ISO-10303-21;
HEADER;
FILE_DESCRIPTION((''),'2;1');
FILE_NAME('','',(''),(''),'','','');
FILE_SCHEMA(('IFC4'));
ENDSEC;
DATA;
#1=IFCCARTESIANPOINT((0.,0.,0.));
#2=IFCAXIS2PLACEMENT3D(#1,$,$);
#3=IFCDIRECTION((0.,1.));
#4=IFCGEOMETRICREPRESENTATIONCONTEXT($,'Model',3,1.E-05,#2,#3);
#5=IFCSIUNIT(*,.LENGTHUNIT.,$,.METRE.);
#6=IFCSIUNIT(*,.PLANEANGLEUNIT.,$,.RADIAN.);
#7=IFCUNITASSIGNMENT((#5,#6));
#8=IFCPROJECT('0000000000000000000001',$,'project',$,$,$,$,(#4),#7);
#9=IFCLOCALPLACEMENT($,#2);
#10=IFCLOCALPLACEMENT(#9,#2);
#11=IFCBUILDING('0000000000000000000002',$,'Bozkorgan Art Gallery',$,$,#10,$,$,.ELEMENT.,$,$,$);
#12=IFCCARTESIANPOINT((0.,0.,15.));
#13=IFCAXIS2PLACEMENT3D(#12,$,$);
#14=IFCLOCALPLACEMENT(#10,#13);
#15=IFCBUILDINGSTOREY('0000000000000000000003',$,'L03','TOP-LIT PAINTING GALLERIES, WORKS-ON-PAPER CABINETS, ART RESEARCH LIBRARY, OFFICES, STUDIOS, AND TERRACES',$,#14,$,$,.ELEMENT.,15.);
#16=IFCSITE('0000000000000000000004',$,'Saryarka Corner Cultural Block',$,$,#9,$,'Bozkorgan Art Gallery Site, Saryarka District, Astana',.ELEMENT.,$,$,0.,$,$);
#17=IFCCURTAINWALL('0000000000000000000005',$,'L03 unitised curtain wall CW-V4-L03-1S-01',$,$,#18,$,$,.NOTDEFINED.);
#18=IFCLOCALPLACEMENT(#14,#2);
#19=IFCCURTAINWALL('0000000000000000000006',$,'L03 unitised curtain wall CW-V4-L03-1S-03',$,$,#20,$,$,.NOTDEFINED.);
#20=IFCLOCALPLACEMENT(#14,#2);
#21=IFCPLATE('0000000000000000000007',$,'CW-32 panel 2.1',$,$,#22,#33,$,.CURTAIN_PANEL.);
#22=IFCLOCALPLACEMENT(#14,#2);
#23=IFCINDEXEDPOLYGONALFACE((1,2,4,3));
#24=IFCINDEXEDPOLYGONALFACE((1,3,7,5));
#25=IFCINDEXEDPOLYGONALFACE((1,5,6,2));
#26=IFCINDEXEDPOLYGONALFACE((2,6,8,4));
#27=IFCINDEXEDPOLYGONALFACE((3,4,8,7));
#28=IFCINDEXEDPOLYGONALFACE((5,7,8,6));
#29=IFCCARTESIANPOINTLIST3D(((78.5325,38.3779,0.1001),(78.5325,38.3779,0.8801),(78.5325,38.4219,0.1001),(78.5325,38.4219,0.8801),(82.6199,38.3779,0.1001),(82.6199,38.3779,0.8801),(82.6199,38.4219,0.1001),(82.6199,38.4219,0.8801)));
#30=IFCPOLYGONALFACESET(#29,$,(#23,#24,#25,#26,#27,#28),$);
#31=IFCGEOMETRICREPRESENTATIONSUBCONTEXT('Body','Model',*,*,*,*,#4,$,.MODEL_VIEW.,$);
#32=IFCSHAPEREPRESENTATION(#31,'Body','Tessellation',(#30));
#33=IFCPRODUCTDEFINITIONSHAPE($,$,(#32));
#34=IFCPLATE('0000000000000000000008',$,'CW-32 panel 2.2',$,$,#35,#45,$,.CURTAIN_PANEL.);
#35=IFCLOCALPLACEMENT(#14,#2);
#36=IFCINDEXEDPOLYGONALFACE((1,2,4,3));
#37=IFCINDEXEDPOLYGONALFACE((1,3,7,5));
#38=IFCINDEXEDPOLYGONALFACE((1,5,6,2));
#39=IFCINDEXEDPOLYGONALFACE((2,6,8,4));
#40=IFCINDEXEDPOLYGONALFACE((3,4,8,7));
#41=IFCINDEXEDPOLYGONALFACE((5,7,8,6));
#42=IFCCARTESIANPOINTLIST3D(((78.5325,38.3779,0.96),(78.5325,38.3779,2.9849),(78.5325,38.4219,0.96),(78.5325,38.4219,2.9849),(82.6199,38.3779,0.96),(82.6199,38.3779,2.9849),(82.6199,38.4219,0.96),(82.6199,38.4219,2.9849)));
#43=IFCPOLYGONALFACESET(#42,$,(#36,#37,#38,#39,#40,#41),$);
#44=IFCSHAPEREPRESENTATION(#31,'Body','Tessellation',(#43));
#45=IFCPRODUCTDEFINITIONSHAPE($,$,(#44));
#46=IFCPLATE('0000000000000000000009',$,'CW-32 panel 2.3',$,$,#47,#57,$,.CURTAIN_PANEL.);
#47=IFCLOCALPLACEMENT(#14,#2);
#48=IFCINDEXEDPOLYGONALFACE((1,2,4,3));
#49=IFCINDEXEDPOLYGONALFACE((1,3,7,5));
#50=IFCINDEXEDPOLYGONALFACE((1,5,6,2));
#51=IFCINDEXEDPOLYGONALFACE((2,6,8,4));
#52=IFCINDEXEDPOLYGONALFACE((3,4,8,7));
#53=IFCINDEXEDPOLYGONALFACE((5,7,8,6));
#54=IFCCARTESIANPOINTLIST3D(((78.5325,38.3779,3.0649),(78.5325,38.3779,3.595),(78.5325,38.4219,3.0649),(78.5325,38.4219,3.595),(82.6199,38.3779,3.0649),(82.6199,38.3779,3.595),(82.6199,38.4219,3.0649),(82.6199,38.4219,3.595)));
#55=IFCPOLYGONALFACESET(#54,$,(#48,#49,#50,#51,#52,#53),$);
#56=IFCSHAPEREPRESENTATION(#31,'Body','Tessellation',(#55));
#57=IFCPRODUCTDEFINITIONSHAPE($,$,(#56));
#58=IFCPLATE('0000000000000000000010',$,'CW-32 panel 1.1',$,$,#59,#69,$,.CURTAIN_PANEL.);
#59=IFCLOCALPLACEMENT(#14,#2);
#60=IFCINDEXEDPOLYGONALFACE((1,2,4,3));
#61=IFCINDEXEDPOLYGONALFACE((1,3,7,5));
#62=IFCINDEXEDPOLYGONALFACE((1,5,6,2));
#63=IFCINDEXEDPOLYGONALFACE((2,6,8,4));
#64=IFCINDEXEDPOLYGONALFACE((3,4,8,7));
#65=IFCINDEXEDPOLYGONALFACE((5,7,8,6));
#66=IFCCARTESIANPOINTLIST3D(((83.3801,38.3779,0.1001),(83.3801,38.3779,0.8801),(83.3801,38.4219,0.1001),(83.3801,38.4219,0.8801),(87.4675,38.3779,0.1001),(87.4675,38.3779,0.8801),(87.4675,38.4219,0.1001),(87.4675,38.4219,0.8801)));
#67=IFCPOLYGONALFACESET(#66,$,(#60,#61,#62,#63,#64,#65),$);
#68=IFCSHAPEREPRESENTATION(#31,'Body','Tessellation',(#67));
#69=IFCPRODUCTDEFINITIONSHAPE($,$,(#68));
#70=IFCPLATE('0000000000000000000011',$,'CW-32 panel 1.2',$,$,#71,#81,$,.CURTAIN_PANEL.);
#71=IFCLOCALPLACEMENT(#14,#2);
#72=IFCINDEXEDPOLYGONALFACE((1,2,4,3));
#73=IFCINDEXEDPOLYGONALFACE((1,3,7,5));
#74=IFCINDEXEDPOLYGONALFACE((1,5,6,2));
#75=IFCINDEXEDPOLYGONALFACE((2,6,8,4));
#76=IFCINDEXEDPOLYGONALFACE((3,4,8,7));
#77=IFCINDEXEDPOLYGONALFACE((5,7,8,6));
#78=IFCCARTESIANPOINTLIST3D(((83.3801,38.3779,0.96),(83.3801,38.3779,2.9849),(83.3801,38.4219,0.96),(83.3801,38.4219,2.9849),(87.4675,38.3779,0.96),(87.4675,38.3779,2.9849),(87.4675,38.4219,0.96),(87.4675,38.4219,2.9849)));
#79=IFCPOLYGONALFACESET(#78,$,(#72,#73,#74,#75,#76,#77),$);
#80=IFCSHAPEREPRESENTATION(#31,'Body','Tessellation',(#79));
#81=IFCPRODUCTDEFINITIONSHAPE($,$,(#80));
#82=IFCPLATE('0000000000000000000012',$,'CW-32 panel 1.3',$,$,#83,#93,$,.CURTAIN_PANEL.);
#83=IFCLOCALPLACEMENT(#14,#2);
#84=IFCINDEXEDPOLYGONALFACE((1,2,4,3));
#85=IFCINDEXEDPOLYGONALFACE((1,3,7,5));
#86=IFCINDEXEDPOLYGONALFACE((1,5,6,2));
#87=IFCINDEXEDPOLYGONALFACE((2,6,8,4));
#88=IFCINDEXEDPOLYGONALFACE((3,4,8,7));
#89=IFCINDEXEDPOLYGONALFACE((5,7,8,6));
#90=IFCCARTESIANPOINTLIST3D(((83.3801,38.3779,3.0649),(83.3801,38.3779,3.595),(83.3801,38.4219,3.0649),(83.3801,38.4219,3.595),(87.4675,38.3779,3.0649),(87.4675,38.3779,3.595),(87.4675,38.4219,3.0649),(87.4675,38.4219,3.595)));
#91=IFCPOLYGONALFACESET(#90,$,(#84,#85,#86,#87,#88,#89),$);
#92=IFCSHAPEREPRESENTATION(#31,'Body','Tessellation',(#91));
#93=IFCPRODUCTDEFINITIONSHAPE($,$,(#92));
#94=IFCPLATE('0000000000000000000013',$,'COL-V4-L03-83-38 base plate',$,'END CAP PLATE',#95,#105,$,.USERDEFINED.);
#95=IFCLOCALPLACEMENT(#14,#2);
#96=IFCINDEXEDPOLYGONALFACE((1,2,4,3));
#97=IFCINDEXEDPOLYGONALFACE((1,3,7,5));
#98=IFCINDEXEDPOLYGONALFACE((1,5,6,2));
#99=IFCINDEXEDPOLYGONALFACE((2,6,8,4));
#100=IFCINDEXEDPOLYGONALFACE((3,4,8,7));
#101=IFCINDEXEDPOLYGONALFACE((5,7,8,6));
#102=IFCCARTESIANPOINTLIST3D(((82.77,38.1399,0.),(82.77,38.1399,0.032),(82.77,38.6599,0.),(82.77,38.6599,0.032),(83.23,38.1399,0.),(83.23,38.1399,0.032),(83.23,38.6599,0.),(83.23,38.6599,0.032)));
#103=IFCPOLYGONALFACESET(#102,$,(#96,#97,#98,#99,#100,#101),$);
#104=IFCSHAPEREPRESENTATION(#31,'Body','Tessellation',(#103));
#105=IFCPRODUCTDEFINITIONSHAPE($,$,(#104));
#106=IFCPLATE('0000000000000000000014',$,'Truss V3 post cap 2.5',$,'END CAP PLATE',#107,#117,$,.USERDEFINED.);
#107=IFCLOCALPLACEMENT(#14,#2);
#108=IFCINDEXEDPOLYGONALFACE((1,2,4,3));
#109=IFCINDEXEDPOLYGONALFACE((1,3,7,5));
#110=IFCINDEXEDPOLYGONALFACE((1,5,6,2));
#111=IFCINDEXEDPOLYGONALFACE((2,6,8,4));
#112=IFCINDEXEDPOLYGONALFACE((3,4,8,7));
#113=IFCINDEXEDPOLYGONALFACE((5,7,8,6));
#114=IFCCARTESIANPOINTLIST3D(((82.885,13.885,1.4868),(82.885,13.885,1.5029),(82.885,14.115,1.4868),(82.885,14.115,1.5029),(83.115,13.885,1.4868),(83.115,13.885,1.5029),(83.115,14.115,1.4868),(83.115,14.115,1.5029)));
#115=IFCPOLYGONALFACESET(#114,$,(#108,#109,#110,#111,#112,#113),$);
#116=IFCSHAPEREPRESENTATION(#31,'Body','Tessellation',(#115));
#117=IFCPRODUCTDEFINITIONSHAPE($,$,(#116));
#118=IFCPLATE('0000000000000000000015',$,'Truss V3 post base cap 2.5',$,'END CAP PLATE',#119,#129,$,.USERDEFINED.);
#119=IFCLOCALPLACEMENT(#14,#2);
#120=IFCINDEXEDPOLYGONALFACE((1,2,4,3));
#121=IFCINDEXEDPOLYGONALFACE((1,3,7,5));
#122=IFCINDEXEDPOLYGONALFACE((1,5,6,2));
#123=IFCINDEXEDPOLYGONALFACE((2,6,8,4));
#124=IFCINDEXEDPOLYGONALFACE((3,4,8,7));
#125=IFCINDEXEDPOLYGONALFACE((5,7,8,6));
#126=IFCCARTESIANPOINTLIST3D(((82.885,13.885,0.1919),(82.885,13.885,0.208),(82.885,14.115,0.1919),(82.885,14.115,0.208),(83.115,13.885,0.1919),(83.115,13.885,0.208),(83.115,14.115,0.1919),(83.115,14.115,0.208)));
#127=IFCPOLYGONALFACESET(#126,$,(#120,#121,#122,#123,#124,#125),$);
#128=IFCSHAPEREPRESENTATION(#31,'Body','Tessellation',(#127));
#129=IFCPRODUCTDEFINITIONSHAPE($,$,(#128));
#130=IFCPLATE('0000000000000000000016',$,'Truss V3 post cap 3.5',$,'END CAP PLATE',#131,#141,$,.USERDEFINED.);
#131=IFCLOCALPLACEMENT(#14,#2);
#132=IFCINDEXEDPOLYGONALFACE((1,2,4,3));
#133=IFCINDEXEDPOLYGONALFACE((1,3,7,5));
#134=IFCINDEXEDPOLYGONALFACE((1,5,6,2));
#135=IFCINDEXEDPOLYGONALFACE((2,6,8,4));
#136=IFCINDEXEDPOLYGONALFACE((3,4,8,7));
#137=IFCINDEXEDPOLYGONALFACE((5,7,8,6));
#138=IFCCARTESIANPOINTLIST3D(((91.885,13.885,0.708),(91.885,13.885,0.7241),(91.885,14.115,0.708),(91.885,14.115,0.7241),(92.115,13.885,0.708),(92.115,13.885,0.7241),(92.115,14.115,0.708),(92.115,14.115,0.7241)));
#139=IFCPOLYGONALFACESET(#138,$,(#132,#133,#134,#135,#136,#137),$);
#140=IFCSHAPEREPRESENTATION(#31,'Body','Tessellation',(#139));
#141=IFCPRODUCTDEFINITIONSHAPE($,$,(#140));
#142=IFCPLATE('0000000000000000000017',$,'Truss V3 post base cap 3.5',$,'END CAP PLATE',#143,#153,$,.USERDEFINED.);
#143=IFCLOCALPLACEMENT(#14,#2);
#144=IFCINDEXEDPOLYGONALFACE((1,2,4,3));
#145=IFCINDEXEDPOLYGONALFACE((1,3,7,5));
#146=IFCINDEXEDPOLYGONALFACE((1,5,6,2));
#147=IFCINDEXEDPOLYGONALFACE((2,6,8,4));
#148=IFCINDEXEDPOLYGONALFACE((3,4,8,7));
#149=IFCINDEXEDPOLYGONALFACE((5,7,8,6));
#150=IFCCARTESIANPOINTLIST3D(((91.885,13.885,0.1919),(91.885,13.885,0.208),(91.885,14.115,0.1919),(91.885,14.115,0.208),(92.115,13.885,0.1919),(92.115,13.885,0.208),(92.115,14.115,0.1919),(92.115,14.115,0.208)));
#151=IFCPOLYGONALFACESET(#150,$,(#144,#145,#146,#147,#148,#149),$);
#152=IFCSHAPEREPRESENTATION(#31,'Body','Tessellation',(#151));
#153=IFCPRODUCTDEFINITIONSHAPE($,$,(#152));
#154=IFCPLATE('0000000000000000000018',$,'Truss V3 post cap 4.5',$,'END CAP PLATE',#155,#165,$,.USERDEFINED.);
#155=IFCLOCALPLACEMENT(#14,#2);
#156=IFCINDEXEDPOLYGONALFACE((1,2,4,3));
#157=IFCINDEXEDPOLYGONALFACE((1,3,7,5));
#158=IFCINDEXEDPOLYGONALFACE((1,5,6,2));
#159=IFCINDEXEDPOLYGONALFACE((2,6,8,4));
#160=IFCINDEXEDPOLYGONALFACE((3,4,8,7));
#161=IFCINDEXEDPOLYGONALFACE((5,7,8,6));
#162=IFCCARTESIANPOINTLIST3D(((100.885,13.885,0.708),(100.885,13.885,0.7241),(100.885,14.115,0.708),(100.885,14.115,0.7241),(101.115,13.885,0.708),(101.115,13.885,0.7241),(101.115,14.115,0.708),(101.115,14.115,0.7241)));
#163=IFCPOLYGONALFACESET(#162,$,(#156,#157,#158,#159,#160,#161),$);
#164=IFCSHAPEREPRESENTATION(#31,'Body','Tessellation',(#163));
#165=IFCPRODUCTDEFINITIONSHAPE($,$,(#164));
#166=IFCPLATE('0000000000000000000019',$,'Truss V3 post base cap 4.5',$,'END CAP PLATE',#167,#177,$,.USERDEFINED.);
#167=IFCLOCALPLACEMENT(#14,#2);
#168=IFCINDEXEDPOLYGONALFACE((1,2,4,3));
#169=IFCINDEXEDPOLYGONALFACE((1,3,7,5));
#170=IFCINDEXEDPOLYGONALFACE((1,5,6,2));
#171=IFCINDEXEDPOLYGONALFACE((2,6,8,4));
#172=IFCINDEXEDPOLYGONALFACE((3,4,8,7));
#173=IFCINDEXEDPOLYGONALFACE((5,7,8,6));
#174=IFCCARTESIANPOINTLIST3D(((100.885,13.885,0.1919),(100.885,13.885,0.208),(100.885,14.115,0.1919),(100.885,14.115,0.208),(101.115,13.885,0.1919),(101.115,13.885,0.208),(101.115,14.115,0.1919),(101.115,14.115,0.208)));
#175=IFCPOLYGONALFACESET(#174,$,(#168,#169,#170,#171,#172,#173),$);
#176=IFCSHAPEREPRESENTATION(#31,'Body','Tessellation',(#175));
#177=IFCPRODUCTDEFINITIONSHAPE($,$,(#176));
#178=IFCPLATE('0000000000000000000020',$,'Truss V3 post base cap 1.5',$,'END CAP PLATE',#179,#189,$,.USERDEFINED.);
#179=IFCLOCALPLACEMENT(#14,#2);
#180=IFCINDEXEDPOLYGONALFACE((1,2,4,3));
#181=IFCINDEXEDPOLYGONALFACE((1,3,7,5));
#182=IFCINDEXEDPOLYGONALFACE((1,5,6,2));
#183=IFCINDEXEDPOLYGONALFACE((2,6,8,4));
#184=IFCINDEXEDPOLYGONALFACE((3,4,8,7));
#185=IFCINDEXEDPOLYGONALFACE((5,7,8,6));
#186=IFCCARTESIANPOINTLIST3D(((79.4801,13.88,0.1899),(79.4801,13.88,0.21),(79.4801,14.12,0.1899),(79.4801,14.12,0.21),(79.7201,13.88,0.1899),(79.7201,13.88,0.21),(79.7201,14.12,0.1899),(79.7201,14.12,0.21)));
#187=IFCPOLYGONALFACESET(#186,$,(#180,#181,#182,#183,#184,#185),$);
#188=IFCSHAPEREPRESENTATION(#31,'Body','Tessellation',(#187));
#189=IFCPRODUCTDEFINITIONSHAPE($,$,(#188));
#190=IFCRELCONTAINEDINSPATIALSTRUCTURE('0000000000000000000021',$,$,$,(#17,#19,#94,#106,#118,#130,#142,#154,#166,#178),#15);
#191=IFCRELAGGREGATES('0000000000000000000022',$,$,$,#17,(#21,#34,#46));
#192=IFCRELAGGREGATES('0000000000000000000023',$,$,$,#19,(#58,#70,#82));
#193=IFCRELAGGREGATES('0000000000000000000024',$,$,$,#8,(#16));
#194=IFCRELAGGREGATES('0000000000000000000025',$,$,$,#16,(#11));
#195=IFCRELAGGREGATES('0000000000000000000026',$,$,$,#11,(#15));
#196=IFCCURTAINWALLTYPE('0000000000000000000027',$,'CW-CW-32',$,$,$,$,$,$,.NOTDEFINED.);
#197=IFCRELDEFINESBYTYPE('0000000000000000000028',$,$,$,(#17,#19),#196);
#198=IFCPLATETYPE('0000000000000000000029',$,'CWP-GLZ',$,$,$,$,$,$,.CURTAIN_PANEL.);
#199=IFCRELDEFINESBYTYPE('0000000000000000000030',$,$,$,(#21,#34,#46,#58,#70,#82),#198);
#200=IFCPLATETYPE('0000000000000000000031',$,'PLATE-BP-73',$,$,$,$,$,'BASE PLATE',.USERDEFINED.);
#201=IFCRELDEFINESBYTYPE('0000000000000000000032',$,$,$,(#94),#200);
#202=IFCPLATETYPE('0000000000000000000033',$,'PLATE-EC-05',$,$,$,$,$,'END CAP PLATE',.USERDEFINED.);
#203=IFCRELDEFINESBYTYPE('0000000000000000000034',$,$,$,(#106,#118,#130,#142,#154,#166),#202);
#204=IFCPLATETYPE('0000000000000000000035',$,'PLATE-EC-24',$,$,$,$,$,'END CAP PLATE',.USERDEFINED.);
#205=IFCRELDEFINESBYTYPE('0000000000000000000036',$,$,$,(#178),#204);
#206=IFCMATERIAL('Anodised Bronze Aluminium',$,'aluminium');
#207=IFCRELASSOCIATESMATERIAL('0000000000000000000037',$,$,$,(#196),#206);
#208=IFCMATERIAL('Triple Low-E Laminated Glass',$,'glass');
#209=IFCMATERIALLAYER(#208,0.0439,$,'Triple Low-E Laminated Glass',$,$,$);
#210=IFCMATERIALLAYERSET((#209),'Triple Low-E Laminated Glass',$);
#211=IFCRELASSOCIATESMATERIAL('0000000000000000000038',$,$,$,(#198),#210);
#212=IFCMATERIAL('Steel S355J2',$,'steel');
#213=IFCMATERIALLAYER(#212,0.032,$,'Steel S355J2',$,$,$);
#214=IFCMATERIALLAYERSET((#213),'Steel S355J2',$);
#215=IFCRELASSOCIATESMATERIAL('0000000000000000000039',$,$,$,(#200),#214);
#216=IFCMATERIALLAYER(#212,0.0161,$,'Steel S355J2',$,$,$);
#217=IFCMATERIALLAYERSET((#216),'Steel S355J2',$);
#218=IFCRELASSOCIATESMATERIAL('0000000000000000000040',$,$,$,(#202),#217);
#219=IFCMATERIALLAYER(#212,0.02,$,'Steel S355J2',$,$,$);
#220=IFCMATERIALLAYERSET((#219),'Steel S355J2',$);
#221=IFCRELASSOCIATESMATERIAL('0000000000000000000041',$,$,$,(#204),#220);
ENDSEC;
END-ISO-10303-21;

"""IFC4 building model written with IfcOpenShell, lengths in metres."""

from ifc_helpers import new_model, si_unit, direction, frame, origin, origin_2d, place, context, subcontext, project, spatial, rectangle, extrude, material, layer, layer_set, type_object, element, aggregate, save


model = new_model("IFC4")

# Units and contexts
model_context = context("Model", 3, precision=1e-05, world=origin(), true_north=direction((0.0, 1.0)))
body_context = subcontext(model_context, "Body", "Model", "MODEL_VIEW")
ifc_project = project(units=[si_unit("LENGTHUNIT", "METRE"), si_unit("PLANEANGLEUNIT", "RADIAN")], contexts=[model_context])

# Site, building, storey
site_placement = place(None, origin())
site = spatial("IfcSite", under=ifc_project, at=site_placement, Name="Saryarka Corner Cultural Block", LongName="Bozkorgan Art Gallery Site, Saryarka District, Astana", CompositionType="ELEMENT", RefElevation=0.0)
building_placement = place(site_placement, origin())
building = spatial("IfcBuilding", under=site, at=building_placement, Name="Bozkorgan Art Gallery", CompositionType="ELEMENT")
storey_placement = place(building_placement, frame((0.0, 0.0, 15.0)))
storey = spatial("IfcBuildingStorey", under=building, at=storey_placement, Name="L03", Description="TOP-LIT PAINTING GALLERIES, WORKS-ON-PAPER CABINETS, ART RESEARCH LIBRARY, OFFICES, STUDIOS, AND TERRACES", CompositionType="ELEMENT", Elevation=15.0)

# Shared definitions
ifc_material_1 = material(Name="Steel S355J2", Category="steel")

# Curtain wall
ifc_material_2 = material(Name="Anodised Bronze Aluminium", Category="aluminium")
curtain_wall_type = type_object("IfcCurtainWallType", Name="CW-CW-32", PredefinedType="NOTDEFINED", material=ifc_material_2)
curtain_wall_1_placement = place(storey_placement, origin())
curtain_wall_1 = element("IfcCurtainWall", 1, at=curtain_wall_1_placement, inside=storey, type_object=curtain_wall_type, Name="L03 unitised curtain wall CW-V4-L03-1S-01", PredefinedType="NOTDEFINED")

# Curtain wall
curtain_wall_2_placement = place(storey_placement, origin())
curtain_wall_2 = element("IfcCurtainWall", 2, at=curtain_wall_2_placement, inside=storey, type_object=curtain_wall_type, Name="L03 unitised curtain wall CW-V4-L03-1S-03", PredefinedType="NOTDEFINED")

# Plates
ifc_material_3 = material(Name="Triple Low-E Laminated Glass", Category="glass")
ifc_layer_1 = layer(ifc_material_3, 0.0439, Name="Triple Low-E Laminated Glass")
ifc_layer_set_1 = layer_set([ifc_layer_1], Name="Triple Low-E Laminated Glass")
plate_type_1 = type_object("IfcPlateType", Name="CWP-GLZ", PredefinedType="CURTAIN_PANEL", material=ifc_layer_set_1)
plate_1_placement = place(storey_placement, frame((80.5762, 38.3999, 0.1001), z_axis=(0.0, 0.0, 1.0), x_axis=(1.0, 0.0, 0.0)))
plate_1 = element("IfcPlate", 3, at=plate_1_placement, type_object=plate_type_1, Name="CW-32 panel 2.1", PredefinedType="CURTAIN_PANEL", context=body_context, shape_type="SweptSolid", body=[
    extrude(rectangle(XDim=4.0874, YDim=0.0439, at=origin_2d()), origin(), (0.0, 0.0, 1.0), 0.78),
])
plate_2_placement = place(storey_placement, frame((80.5762, 38.3999, 0.96), z_axis=(0.0, 0.0, 1.0), x_axis=(1.0, 0.0, 0.0)))
plate_2 = element("IfcPlate", 4, at=plate_2_placement, type_object=plate_type_1, Name="CW-32 panel 2.2", PredefinedType="CURTAIN_PANEL", context=body_context, shape_type="SweptSolid", body=[
    extrude(rectangle(XDim=4.0874, YDim=0.0439, at=origin_2d()), origin(), (0.0, 0.0, 1.0), 2.0249),
])
plate_3_placement = place(storey_placement, frame((80.5762, 38.3999, 3.0649), z_axis=(0.0, 0.0, 1.0), x_axis=(1.0, 0.0, 0.0)))
plate_3 = element("IfcPlate", 5, at=plate_3_placement, type_object=plate_type_1, Name="CW-32 panel 2.3", PredefinedType="CURTAIN_PANEL", context=body_context, shape_type="SweptSolid", body=[
    extrude(rectangle(XDim=4.0874, YDim=0.0439, at=origin_2d()), origin(), (0.0, 0.0, 1.0), 0.53),
])
aggregate(curtain_wall_1, [plate_1, plate_2, plate_3])
plate_4_placement = place(storey_placement, frame((85.4238, 38.3999, 0.1001), z_axis=(0.0, 0.0, 1.0), x_axis=(1.0, 0.0, 0.0)))
plate_4 = element("IfcPlate", 6, at=plate_4_placement, type_object=plate_type_1, Name="CW-32 panel 1.1", PredefinedType="CURTAIN_PANEL", context=body_context, shape_type="SweptSolid", body=[
    extrude(rectangle(XDim=4.0874, YDim=0.0439, at=origin_2d()), origin(), (0.0, 0.0, 1.0), 0.78),
])
plate_5_placement = place(storey_placement, frame((85.4238, 38.3999, 0.96), z_axis=(0.0, 0.0, 1.0), x_axis=(1.0, 0.0, 0.0)))
plate_5 = element("IfcPlate", 7, at=plate_5_placement, type_object=plate_type_1, Name="CW-32 panel 1.2", PredefinedType="CURTAIN_PANEL", context=body_context, shape_type="SweptSolid", body=[
    extrude(rectangle(XDim=4.0874, YDim=0.0439, at=origin_2d()), origin(), (0.0, 0.0, 1.0), 2.0249),
])
plate_6_placement = place(storey_placement, frame((85.4238, 38.3999, 3.0649), z_axis=(0.0, 0.0, 1.0), x_axis=(1.0, 0.0, 0.0)))
plate_6 = element("IfcPlate", 8, at=plate_6_placement, type_object=plate_type_1, Name="CW-32 panel 1.3", PredefinedType="CURTAIN_PANEL", context=body_context, shape_type="SweptSolid", body=[
    extrude(rectangle(XDim=4.0874, YDim=0.0439, at=origin_2d()), origin(), (0.0, 0.0, 1.0), 0.53),
])
aggregate(curtain_wall_2, [plate_4, plate_5, plate_6])

# Plates
ifc_layer_2 = layer(ifc_material_1, 0.032, Name="Steel S355J2")
ifc_layer_set_2 = layer_set([ifc_layer_2], Name="Steel S355J2")
plate_type_2 = type_object("IfcPlateType", Name="PLATE-BP-73", ElementType="BASE PLATE", PredefinedType="USERDEFINED", material=ifc_layer_set_2)
plate_7_placement = place(storey_placement, frame((83.0, 38.3999, 0.0), z_axis=(0.0, 0.0, 1.0), x_axis=(1.0, 0.0, 0.0)))
element("IfcPlate", 9, at=plate_7_placement, inside=storey, type_object=plate_type_2, Name="COL-V4-L03-83-38 base plate", ObjectType="END CAP PLATE", PredefinedType="USERDEFINED", context=body_context, shape_type="SweptSolid", body=[
    extrude(rectangle(XDim=0.46, YDim=0.52, at=origin_2d()), origin(), (0.0, 0.0, 1.0), 0.032),
])
ifc_layer_3 = layer(ifc_material_1, 0.0161, Name="Steel S355J2")
ifc_layer_set_3 = layer_set([ifc_layer_3], Name="Steel S355J2")
plate_type_3 = type_object("IfcPlateType", Name="PLATE-EC-05", ElementType="END CAP PLATE", PredefinedType="USERDEFINED", material=ifc_layer_set_3)
for number, where, z_axis, x_axis, name in (
    (10, (83.0, 14.0, 1.4868), (0.0, 0.0, 1.0), (1.0, 0.0, 0.0), "Truss V3 post cap 2.5"),
    (11, (83.0, 14.0, 0.1919), (0.0, 0.0, 1.0), (1.0, 0.0, 0.0), "Truss V3 post base cap 2.5"),
    (12, (92.0, 14.0, 0.708), (0.0, 0.0, 1.0), (1.0, 0.0, 0.0), "Truss V3 post cap 3.5"),
    (13, (92.0, 14.0, 0.1919), (0.0, 0.0, 1.0), (1.0, 0.0, 0.0), "Truss V3 post base cap 3.5"),
    (14, (101.0, 14.0, 0.708), (0.0, 0.0, 1.0), (1.0, 0.0, 0.0), "Truss V3 post cap 4.5"),
    (15, (101.0, 14.0, 0.1919), (0.0, 0.0, 1.0), (1.0, 0.0, 0.0), "Truss V3 post base cap 4.5"),
):
    element("IfcPlate", number, at=place(storey_placement, frame(where, z_axis=z_axis, x_axis=x_axis)), inside=storey, type_object=plate_type_3, Name=name, ObjectType="END CAP PLATE", PredefinedType="USERDEFINED", context=body_context, shape_type="SweptSolid", body=[
        extrude(rectangle(XDim=0.23, YDim=0.23, at=origin_2d()), origin(), (0.0, 0.0, 1.0), 0.0161),
    ])
ifc_layer_4 = layer(ifc_material_1, 0.02, Name="Steel S355J2")
ifc_layer_set_4 = layer_set([ifc_layer_4], Name="Steel S355J2")
plate_type_4 = type_object("IfcPlateType", Name="PLATE-EC-24", ElementType="END CAP PLATE", PredefinedType="USERDEFINED", material=ifc_layer_set_4)
plate_8_placement = place(storey_placement, frame((79.6001, 14.0, 0.1899), z_axis=(0.0, 0.0, 1.0), x_axis=(1.0, 0.0, 0.0)))
element("IfcPlate", 16, at=plate_8_placement, inside=storey, type_object=plate_type_4, Name="Truss V3 post base cap 1.5", ObjectType="END CAP PLATE", PredefinedType="USERDEFINED", context=body_context, shape_type="SweptSolid", body=[
    extrude(rectangle(XDim=0.24, YDim=0.24, at=origin_2d()), origin(), (0.0, 0.0, 1.0), 0.02),
])

save(model, "model.ifc")
